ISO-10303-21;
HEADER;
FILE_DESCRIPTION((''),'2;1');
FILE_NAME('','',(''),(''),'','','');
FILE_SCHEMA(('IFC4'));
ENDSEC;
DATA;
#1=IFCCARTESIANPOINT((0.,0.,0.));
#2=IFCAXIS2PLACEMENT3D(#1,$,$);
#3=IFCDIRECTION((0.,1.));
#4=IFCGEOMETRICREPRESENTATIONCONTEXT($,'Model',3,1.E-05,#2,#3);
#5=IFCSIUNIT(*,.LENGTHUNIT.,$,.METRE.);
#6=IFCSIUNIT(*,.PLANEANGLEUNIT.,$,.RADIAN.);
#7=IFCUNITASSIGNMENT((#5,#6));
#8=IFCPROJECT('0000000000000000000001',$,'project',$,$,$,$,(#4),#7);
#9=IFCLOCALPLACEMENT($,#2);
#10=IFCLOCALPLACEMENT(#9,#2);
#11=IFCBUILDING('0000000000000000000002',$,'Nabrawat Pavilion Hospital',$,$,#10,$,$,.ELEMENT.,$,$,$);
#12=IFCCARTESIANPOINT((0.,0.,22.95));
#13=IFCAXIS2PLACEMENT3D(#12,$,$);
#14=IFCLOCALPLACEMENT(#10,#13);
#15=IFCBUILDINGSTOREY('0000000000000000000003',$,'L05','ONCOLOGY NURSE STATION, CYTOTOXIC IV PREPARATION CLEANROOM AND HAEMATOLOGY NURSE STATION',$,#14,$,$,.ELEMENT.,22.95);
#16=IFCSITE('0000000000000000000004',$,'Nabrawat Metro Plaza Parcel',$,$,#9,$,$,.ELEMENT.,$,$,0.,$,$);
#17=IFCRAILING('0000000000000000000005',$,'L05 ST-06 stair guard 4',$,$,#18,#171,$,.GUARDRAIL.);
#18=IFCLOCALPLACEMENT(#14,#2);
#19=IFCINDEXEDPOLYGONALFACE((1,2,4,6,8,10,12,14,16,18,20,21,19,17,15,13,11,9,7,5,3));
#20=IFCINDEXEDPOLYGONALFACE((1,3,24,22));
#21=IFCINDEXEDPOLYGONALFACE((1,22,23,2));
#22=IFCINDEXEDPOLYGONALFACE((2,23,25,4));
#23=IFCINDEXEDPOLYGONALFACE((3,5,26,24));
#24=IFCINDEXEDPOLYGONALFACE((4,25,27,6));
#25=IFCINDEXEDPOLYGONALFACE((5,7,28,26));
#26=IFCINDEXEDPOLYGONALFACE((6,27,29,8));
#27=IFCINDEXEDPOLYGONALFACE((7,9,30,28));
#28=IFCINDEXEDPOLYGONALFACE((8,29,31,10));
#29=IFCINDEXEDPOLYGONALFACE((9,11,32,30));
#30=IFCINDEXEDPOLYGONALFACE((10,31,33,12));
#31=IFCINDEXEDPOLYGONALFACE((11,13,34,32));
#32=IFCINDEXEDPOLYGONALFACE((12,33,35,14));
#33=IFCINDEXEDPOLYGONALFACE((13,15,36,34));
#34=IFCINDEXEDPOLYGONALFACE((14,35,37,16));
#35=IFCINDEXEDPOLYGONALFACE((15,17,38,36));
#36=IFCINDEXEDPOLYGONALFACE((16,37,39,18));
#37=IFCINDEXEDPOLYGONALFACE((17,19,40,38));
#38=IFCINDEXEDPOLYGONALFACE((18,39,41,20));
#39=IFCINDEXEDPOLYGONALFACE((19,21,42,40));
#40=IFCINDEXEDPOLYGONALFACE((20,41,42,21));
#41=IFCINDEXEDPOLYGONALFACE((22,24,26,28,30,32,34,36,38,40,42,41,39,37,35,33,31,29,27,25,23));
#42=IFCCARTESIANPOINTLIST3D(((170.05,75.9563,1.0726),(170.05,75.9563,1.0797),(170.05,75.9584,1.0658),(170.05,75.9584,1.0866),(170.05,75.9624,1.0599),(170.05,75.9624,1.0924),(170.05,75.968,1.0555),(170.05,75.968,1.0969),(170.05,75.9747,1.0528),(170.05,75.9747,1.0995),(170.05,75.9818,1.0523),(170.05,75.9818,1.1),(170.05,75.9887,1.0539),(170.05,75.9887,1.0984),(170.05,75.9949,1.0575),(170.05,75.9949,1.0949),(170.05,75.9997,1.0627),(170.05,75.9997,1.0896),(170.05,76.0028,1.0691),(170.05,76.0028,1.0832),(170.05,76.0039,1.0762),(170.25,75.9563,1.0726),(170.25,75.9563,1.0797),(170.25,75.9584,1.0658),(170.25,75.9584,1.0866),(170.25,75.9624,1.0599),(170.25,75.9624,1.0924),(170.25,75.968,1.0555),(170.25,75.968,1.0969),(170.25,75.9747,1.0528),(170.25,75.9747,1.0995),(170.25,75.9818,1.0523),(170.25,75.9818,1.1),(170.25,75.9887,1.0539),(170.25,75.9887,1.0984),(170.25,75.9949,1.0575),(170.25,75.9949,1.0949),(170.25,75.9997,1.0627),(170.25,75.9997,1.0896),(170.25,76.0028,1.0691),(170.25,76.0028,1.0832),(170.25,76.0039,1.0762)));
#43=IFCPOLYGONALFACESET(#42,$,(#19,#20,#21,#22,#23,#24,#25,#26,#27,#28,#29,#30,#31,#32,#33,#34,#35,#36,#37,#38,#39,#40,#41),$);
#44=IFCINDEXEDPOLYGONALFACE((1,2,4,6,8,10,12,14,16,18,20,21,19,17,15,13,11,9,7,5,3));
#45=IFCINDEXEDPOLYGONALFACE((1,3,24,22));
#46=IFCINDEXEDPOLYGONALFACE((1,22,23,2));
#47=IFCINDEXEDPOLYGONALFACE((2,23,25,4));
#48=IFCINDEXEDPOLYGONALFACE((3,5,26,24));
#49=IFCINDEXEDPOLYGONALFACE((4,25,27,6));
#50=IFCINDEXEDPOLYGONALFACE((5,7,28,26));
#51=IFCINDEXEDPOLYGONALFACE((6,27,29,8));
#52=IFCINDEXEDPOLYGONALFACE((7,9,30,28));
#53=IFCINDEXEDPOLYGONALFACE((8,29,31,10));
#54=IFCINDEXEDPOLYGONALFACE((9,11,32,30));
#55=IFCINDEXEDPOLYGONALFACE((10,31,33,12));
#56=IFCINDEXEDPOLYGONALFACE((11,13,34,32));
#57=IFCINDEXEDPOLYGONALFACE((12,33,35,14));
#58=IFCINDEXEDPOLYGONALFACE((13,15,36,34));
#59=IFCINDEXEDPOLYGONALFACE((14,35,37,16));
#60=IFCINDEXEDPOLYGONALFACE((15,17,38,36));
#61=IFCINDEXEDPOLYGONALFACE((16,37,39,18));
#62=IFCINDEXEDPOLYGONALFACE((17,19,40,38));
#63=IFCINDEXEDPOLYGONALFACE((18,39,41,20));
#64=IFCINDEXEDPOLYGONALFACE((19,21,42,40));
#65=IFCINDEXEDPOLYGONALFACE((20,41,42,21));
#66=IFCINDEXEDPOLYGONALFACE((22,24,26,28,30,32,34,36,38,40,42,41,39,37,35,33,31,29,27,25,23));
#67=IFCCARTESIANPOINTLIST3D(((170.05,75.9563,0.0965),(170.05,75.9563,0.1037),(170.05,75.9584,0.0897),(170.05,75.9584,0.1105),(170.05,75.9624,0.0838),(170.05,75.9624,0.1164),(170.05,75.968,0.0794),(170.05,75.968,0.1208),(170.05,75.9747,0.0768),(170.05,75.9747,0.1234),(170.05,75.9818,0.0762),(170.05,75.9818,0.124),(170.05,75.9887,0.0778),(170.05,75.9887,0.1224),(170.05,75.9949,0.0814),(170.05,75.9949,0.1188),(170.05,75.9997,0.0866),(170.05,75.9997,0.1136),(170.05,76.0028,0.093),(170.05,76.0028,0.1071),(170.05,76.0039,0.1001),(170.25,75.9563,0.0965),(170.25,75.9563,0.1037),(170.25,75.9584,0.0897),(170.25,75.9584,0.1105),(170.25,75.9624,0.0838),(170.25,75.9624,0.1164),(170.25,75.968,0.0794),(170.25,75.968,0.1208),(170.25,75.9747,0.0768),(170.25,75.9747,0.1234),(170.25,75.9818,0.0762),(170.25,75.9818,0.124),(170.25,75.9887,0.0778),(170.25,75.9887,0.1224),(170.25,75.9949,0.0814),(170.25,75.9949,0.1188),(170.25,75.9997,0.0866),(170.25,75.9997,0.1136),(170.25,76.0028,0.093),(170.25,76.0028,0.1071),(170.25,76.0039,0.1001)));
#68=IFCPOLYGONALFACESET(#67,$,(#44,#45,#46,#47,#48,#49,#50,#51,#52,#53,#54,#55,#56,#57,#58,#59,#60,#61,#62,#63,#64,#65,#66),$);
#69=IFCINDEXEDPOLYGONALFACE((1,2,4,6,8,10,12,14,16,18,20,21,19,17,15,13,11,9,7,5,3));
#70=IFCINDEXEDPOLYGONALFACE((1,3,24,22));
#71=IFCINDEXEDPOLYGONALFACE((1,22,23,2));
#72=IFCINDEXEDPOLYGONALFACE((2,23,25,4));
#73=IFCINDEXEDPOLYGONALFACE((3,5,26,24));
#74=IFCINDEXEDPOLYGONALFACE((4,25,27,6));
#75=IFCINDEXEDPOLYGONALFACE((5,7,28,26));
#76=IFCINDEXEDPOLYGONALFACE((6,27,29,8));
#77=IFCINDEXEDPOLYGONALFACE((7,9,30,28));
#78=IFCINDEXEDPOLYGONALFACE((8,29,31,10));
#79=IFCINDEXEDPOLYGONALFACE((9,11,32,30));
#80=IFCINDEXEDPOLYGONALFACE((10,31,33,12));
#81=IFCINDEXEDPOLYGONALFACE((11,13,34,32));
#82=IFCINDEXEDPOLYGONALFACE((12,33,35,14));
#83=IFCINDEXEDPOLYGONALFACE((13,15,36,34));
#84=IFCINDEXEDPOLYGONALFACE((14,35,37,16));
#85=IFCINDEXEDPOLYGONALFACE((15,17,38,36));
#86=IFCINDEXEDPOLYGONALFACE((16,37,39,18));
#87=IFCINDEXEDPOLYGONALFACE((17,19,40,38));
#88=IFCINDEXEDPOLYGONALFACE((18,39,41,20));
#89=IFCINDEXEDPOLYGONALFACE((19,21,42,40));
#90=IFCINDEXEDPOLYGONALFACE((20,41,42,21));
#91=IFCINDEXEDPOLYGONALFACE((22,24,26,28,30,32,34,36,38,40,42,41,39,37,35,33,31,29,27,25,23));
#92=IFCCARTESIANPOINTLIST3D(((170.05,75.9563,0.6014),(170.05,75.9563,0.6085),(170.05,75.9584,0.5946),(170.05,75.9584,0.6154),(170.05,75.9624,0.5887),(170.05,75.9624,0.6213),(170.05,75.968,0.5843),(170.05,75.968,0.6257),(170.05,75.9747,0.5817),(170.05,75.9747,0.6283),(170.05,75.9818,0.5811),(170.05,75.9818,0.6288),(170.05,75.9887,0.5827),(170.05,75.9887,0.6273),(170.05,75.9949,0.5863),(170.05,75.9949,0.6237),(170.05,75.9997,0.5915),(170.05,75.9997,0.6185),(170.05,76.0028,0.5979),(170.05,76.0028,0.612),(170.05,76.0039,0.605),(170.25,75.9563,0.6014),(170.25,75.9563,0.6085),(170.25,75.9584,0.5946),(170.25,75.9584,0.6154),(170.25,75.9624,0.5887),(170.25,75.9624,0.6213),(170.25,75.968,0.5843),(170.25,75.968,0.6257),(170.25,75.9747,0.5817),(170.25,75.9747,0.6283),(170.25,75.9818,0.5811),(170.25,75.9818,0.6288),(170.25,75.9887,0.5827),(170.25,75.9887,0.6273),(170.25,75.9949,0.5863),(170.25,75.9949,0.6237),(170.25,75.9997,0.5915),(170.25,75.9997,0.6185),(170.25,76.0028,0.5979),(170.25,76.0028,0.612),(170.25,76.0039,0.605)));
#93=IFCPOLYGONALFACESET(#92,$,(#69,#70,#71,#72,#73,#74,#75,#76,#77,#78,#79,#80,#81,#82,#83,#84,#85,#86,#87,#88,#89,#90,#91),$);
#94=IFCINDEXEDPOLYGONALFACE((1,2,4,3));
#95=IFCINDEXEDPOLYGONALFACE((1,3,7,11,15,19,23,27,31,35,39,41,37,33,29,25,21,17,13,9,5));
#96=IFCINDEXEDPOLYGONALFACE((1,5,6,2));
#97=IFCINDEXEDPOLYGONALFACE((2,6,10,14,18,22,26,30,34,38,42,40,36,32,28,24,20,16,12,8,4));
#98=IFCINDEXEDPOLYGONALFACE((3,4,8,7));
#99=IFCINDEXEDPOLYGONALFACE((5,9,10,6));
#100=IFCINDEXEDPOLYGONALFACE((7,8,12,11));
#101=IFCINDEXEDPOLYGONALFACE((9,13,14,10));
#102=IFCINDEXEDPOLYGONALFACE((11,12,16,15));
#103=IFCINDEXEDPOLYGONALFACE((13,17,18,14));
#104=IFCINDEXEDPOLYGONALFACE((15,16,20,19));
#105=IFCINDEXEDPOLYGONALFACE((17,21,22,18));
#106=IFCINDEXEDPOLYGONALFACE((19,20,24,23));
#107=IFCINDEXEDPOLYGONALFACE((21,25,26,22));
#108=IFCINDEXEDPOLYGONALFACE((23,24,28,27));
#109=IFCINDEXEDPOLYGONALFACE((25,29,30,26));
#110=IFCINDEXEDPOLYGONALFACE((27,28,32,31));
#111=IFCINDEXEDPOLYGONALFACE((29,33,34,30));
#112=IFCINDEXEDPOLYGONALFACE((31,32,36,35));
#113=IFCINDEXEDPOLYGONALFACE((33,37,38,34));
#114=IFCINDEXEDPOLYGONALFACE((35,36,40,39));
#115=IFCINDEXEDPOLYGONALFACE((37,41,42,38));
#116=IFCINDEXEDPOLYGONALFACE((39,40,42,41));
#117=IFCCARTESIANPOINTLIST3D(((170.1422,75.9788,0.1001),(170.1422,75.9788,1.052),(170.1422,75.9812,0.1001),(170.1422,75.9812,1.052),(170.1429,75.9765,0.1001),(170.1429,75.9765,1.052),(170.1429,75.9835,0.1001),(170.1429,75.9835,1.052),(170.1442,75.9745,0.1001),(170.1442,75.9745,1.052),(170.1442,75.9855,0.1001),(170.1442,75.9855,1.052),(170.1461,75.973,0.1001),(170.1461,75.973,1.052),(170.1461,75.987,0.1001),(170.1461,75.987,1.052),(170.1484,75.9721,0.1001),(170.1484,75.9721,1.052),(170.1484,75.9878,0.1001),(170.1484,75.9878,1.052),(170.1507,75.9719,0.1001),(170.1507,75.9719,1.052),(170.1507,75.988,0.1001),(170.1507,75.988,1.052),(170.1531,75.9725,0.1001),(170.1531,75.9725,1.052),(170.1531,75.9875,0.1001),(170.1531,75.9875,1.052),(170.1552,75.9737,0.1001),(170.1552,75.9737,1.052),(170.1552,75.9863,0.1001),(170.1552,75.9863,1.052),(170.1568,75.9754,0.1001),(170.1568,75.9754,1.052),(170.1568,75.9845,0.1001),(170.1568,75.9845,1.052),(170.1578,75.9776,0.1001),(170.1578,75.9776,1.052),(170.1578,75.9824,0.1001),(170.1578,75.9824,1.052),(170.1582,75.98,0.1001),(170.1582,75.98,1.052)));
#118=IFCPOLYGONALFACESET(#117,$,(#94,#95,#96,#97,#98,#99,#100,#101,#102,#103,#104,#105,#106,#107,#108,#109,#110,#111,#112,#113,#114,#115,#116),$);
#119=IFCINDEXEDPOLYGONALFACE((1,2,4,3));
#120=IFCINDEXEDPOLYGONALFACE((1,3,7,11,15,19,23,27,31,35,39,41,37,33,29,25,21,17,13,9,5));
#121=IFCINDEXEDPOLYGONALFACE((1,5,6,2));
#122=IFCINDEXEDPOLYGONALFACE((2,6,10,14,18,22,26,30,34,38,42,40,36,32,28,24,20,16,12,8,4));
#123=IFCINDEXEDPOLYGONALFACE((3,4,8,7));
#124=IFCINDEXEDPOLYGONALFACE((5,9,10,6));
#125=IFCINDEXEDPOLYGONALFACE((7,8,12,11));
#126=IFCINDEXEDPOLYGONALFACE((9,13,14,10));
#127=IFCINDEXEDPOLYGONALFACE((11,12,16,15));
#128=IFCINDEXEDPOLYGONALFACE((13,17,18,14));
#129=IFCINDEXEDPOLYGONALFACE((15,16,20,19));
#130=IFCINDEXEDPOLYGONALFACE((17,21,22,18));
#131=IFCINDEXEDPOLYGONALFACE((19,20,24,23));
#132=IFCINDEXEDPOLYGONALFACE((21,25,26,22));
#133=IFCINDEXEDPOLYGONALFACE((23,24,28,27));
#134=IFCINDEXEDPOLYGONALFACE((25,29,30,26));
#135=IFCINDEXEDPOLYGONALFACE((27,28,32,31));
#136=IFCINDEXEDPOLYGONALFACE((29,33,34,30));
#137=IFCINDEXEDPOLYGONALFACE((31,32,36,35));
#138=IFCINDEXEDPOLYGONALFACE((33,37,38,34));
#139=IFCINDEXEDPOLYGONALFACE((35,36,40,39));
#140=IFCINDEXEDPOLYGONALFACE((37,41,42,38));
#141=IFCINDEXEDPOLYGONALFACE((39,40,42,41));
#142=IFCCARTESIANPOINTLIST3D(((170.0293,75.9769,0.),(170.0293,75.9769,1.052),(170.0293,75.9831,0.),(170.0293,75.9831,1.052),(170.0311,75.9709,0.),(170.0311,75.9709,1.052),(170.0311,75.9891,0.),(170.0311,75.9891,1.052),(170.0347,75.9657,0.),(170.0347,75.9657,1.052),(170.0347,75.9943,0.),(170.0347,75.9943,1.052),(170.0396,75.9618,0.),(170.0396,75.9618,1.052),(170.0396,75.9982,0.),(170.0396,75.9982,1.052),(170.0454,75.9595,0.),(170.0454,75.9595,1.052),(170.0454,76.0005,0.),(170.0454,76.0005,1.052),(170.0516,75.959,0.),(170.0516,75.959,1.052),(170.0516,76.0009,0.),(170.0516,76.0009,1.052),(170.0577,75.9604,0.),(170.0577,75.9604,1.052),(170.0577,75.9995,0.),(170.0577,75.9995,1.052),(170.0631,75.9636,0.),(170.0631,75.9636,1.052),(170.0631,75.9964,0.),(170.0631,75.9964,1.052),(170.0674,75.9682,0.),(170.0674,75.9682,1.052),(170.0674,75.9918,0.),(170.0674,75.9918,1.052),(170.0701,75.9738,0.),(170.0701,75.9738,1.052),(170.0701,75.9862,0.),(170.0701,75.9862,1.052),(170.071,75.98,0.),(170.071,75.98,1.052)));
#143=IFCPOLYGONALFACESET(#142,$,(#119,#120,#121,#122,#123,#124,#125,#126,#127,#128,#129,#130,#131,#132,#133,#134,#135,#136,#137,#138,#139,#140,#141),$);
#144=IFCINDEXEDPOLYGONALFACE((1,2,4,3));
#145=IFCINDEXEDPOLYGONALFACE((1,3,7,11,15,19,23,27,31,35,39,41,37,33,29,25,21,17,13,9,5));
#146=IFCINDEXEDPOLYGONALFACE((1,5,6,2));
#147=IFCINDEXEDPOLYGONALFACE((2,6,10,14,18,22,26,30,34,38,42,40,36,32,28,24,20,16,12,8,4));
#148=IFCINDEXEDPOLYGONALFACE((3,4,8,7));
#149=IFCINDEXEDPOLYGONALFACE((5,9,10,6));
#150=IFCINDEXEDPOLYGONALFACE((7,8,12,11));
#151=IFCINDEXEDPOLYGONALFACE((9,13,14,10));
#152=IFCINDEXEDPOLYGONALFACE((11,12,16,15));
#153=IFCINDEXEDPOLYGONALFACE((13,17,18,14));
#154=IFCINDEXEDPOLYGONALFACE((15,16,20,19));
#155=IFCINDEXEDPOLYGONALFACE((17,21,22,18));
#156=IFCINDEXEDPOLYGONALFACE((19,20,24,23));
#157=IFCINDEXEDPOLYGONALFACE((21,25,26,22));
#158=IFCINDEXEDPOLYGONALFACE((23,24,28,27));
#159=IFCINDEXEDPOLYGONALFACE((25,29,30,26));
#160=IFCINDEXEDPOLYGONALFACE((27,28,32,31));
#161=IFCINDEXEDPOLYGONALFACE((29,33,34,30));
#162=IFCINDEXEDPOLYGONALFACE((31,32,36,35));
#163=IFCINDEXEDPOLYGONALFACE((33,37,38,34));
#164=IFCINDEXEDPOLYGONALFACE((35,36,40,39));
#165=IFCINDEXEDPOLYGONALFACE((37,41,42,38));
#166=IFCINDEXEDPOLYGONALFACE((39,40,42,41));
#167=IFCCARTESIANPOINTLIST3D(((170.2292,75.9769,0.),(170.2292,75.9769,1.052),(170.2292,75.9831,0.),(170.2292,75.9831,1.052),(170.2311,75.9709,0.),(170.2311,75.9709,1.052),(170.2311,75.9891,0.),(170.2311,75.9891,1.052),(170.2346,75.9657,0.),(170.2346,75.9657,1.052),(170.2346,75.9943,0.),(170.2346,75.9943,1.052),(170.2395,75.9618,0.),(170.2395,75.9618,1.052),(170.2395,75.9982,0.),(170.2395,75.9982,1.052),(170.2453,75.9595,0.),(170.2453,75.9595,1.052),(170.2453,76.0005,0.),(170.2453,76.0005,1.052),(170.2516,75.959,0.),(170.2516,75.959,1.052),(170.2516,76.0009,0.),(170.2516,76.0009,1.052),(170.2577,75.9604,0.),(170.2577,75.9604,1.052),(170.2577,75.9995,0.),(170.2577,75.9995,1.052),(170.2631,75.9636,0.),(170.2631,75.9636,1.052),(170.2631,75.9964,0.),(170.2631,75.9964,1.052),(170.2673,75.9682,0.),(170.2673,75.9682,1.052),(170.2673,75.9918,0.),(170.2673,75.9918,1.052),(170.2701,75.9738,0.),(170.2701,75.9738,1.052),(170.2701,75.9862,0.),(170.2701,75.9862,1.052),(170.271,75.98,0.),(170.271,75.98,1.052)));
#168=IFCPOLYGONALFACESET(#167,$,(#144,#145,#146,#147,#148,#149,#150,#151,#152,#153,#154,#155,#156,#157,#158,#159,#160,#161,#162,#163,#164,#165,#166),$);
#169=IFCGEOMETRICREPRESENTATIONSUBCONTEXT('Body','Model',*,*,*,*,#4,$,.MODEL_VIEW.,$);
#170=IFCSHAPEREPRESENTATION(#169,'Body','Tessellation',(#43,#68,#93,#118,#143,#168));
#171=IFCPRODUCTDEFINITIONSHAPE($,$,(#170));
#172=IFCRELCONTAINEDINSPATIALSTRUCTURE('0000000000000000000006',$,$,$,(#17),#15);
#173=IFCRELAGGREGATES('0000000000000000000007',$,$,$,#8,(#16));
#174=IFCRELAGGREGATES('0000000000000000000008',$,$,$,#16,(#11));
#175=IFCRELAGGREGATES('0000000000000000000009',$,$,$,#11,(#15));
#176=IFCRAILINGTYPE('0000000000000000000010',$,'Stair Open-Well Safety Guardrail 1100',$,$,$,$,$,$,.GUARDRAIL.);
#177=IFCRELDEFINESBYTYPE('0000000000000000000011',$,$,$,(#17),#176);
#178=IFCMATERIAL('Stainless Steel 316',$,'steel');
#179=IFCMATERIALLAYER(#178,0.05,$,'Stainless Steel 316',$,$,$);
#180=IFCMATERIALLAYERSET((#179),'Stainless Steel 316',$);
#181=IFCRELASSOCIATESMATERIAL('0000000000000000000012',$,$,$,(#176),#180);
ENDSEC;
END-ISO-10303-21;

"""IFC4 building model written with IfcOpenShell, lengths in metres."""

from ifc_helpers import new_model, si_unit, direction, frame, origin, origin_2d, place, context, subcontext, project, spatial, circle, extrude, material, layer, layer_set, type_object, element, save


model = new_model("IFC4")

# Units and contexts
model_context = context("Model", 3, precision=1e-05, world=origin(), true_north=direction((0.0, 1.0)))
body_context = subcontext(model_context, "Body", "Model", "MODEL_VIEW")
ifc_project = project(units=[si_unit("LENGTHUNIT", "METRE"), si_unit("PLANEANGLEUNIT", "RADIAN")], contexts=[model_context])

# Site, building, storey
site_placement = place(None, origin())
site = spatial("IfcSite", under=ifc_project, at=site_placement, Name="Nabrawat Metro Plaza Parcel", CompositionType="ELEMENT", RefElevation=0.0)
building_placement = place(site_placement, origin())
building = spatial("IfcBuilding", under=site, at=building_placement, Name="Nabrawat Pavilion Hospital", CompositionType="ELEMENT")
storey_placement = place(building_placement, frame((0.0, 0.0, 22.95)))
storey = spatial("IfcBuildingStorey", under=building, at=storey_placement, Name="L05", Description="ONCOLOGY NURSE STATION, CYTOTOXIC IV PREPARATION CLEANROOM AND HAEMATOLOGY NURSE STATION", CompositionType="ELEMENT", Elevation=22.95)

# Railing
ifc_material_1 = material(Name="Stainless Steel 316", Category="steel")
ifc_layer_1 = layer(ifc_material_1, 0.05, Name="Stainless Steel 316")
ifc_layer_set_1 = layer_set([ifc_layer_1], Name="Stainless Steel 316")
railing_type_1 = type_object("IfcRailingType", Name="Stair Open-Well Safety Guardrail 1100", PredefinedType="GUARDRAIL", material=ifc_layer_set_1)
railing_1_placement = place(storey_placement, frame((170.05, 75.98, 0.0)))
element("IfcRailing", 1, at=railing_1_placement, inside=storey, type_object=railing_type_1, Name="L05 ST-06 stair guard 4", PredefinedType="GUARDRAIL", context=body_context, shape_type="SweptSolid", body=[
    extrude(circle(Radius=0.0239, at=origin_2d()), frame((0.0, 0.0, 1.0762), z_axis=(1.0, 0.0, 0.0), x_axis=(0.0, 1.0, 0.0)), (0.0, 0.0, 1.0), 0.2),
    extrude(circle(Radius=0.0239, at=origin_2d()), frame((0.0, 0.0, 0.1001), z_axis=(1.0, 0.0, 0.0), x_axis=(0.0, 1.0, 0.0)), (0.0, 0.0, 1.0), 0.2),
    extrude(circle(Radius=0.0239, at=origin_2d()), frame((0.0, 0.0, 0.605), z_axis=(1.0, 0.0, 0.0), x_axis=(0.0, 1.0, 0.0)), (0.0, 0.0, 1.0), 0.2),
    extrude(circle(Radius=0.0081, at=origin_2d()), frame((0.1001, 0.0, 0.1001)), (0.0, 0.0, 1.0), 0.9519),
    extrude(circle(Radius=0.021, at=origin_2d()), origin(), (0.0, 0.0, 1.0), 1.052),
    extrude(circle(Radius=0.021, at=origin_2d()), frame((0.2, 0.0, 0.0)), (0.0, 0.0, 1.0), 1.052),
])

save(model, "model.ifc")
